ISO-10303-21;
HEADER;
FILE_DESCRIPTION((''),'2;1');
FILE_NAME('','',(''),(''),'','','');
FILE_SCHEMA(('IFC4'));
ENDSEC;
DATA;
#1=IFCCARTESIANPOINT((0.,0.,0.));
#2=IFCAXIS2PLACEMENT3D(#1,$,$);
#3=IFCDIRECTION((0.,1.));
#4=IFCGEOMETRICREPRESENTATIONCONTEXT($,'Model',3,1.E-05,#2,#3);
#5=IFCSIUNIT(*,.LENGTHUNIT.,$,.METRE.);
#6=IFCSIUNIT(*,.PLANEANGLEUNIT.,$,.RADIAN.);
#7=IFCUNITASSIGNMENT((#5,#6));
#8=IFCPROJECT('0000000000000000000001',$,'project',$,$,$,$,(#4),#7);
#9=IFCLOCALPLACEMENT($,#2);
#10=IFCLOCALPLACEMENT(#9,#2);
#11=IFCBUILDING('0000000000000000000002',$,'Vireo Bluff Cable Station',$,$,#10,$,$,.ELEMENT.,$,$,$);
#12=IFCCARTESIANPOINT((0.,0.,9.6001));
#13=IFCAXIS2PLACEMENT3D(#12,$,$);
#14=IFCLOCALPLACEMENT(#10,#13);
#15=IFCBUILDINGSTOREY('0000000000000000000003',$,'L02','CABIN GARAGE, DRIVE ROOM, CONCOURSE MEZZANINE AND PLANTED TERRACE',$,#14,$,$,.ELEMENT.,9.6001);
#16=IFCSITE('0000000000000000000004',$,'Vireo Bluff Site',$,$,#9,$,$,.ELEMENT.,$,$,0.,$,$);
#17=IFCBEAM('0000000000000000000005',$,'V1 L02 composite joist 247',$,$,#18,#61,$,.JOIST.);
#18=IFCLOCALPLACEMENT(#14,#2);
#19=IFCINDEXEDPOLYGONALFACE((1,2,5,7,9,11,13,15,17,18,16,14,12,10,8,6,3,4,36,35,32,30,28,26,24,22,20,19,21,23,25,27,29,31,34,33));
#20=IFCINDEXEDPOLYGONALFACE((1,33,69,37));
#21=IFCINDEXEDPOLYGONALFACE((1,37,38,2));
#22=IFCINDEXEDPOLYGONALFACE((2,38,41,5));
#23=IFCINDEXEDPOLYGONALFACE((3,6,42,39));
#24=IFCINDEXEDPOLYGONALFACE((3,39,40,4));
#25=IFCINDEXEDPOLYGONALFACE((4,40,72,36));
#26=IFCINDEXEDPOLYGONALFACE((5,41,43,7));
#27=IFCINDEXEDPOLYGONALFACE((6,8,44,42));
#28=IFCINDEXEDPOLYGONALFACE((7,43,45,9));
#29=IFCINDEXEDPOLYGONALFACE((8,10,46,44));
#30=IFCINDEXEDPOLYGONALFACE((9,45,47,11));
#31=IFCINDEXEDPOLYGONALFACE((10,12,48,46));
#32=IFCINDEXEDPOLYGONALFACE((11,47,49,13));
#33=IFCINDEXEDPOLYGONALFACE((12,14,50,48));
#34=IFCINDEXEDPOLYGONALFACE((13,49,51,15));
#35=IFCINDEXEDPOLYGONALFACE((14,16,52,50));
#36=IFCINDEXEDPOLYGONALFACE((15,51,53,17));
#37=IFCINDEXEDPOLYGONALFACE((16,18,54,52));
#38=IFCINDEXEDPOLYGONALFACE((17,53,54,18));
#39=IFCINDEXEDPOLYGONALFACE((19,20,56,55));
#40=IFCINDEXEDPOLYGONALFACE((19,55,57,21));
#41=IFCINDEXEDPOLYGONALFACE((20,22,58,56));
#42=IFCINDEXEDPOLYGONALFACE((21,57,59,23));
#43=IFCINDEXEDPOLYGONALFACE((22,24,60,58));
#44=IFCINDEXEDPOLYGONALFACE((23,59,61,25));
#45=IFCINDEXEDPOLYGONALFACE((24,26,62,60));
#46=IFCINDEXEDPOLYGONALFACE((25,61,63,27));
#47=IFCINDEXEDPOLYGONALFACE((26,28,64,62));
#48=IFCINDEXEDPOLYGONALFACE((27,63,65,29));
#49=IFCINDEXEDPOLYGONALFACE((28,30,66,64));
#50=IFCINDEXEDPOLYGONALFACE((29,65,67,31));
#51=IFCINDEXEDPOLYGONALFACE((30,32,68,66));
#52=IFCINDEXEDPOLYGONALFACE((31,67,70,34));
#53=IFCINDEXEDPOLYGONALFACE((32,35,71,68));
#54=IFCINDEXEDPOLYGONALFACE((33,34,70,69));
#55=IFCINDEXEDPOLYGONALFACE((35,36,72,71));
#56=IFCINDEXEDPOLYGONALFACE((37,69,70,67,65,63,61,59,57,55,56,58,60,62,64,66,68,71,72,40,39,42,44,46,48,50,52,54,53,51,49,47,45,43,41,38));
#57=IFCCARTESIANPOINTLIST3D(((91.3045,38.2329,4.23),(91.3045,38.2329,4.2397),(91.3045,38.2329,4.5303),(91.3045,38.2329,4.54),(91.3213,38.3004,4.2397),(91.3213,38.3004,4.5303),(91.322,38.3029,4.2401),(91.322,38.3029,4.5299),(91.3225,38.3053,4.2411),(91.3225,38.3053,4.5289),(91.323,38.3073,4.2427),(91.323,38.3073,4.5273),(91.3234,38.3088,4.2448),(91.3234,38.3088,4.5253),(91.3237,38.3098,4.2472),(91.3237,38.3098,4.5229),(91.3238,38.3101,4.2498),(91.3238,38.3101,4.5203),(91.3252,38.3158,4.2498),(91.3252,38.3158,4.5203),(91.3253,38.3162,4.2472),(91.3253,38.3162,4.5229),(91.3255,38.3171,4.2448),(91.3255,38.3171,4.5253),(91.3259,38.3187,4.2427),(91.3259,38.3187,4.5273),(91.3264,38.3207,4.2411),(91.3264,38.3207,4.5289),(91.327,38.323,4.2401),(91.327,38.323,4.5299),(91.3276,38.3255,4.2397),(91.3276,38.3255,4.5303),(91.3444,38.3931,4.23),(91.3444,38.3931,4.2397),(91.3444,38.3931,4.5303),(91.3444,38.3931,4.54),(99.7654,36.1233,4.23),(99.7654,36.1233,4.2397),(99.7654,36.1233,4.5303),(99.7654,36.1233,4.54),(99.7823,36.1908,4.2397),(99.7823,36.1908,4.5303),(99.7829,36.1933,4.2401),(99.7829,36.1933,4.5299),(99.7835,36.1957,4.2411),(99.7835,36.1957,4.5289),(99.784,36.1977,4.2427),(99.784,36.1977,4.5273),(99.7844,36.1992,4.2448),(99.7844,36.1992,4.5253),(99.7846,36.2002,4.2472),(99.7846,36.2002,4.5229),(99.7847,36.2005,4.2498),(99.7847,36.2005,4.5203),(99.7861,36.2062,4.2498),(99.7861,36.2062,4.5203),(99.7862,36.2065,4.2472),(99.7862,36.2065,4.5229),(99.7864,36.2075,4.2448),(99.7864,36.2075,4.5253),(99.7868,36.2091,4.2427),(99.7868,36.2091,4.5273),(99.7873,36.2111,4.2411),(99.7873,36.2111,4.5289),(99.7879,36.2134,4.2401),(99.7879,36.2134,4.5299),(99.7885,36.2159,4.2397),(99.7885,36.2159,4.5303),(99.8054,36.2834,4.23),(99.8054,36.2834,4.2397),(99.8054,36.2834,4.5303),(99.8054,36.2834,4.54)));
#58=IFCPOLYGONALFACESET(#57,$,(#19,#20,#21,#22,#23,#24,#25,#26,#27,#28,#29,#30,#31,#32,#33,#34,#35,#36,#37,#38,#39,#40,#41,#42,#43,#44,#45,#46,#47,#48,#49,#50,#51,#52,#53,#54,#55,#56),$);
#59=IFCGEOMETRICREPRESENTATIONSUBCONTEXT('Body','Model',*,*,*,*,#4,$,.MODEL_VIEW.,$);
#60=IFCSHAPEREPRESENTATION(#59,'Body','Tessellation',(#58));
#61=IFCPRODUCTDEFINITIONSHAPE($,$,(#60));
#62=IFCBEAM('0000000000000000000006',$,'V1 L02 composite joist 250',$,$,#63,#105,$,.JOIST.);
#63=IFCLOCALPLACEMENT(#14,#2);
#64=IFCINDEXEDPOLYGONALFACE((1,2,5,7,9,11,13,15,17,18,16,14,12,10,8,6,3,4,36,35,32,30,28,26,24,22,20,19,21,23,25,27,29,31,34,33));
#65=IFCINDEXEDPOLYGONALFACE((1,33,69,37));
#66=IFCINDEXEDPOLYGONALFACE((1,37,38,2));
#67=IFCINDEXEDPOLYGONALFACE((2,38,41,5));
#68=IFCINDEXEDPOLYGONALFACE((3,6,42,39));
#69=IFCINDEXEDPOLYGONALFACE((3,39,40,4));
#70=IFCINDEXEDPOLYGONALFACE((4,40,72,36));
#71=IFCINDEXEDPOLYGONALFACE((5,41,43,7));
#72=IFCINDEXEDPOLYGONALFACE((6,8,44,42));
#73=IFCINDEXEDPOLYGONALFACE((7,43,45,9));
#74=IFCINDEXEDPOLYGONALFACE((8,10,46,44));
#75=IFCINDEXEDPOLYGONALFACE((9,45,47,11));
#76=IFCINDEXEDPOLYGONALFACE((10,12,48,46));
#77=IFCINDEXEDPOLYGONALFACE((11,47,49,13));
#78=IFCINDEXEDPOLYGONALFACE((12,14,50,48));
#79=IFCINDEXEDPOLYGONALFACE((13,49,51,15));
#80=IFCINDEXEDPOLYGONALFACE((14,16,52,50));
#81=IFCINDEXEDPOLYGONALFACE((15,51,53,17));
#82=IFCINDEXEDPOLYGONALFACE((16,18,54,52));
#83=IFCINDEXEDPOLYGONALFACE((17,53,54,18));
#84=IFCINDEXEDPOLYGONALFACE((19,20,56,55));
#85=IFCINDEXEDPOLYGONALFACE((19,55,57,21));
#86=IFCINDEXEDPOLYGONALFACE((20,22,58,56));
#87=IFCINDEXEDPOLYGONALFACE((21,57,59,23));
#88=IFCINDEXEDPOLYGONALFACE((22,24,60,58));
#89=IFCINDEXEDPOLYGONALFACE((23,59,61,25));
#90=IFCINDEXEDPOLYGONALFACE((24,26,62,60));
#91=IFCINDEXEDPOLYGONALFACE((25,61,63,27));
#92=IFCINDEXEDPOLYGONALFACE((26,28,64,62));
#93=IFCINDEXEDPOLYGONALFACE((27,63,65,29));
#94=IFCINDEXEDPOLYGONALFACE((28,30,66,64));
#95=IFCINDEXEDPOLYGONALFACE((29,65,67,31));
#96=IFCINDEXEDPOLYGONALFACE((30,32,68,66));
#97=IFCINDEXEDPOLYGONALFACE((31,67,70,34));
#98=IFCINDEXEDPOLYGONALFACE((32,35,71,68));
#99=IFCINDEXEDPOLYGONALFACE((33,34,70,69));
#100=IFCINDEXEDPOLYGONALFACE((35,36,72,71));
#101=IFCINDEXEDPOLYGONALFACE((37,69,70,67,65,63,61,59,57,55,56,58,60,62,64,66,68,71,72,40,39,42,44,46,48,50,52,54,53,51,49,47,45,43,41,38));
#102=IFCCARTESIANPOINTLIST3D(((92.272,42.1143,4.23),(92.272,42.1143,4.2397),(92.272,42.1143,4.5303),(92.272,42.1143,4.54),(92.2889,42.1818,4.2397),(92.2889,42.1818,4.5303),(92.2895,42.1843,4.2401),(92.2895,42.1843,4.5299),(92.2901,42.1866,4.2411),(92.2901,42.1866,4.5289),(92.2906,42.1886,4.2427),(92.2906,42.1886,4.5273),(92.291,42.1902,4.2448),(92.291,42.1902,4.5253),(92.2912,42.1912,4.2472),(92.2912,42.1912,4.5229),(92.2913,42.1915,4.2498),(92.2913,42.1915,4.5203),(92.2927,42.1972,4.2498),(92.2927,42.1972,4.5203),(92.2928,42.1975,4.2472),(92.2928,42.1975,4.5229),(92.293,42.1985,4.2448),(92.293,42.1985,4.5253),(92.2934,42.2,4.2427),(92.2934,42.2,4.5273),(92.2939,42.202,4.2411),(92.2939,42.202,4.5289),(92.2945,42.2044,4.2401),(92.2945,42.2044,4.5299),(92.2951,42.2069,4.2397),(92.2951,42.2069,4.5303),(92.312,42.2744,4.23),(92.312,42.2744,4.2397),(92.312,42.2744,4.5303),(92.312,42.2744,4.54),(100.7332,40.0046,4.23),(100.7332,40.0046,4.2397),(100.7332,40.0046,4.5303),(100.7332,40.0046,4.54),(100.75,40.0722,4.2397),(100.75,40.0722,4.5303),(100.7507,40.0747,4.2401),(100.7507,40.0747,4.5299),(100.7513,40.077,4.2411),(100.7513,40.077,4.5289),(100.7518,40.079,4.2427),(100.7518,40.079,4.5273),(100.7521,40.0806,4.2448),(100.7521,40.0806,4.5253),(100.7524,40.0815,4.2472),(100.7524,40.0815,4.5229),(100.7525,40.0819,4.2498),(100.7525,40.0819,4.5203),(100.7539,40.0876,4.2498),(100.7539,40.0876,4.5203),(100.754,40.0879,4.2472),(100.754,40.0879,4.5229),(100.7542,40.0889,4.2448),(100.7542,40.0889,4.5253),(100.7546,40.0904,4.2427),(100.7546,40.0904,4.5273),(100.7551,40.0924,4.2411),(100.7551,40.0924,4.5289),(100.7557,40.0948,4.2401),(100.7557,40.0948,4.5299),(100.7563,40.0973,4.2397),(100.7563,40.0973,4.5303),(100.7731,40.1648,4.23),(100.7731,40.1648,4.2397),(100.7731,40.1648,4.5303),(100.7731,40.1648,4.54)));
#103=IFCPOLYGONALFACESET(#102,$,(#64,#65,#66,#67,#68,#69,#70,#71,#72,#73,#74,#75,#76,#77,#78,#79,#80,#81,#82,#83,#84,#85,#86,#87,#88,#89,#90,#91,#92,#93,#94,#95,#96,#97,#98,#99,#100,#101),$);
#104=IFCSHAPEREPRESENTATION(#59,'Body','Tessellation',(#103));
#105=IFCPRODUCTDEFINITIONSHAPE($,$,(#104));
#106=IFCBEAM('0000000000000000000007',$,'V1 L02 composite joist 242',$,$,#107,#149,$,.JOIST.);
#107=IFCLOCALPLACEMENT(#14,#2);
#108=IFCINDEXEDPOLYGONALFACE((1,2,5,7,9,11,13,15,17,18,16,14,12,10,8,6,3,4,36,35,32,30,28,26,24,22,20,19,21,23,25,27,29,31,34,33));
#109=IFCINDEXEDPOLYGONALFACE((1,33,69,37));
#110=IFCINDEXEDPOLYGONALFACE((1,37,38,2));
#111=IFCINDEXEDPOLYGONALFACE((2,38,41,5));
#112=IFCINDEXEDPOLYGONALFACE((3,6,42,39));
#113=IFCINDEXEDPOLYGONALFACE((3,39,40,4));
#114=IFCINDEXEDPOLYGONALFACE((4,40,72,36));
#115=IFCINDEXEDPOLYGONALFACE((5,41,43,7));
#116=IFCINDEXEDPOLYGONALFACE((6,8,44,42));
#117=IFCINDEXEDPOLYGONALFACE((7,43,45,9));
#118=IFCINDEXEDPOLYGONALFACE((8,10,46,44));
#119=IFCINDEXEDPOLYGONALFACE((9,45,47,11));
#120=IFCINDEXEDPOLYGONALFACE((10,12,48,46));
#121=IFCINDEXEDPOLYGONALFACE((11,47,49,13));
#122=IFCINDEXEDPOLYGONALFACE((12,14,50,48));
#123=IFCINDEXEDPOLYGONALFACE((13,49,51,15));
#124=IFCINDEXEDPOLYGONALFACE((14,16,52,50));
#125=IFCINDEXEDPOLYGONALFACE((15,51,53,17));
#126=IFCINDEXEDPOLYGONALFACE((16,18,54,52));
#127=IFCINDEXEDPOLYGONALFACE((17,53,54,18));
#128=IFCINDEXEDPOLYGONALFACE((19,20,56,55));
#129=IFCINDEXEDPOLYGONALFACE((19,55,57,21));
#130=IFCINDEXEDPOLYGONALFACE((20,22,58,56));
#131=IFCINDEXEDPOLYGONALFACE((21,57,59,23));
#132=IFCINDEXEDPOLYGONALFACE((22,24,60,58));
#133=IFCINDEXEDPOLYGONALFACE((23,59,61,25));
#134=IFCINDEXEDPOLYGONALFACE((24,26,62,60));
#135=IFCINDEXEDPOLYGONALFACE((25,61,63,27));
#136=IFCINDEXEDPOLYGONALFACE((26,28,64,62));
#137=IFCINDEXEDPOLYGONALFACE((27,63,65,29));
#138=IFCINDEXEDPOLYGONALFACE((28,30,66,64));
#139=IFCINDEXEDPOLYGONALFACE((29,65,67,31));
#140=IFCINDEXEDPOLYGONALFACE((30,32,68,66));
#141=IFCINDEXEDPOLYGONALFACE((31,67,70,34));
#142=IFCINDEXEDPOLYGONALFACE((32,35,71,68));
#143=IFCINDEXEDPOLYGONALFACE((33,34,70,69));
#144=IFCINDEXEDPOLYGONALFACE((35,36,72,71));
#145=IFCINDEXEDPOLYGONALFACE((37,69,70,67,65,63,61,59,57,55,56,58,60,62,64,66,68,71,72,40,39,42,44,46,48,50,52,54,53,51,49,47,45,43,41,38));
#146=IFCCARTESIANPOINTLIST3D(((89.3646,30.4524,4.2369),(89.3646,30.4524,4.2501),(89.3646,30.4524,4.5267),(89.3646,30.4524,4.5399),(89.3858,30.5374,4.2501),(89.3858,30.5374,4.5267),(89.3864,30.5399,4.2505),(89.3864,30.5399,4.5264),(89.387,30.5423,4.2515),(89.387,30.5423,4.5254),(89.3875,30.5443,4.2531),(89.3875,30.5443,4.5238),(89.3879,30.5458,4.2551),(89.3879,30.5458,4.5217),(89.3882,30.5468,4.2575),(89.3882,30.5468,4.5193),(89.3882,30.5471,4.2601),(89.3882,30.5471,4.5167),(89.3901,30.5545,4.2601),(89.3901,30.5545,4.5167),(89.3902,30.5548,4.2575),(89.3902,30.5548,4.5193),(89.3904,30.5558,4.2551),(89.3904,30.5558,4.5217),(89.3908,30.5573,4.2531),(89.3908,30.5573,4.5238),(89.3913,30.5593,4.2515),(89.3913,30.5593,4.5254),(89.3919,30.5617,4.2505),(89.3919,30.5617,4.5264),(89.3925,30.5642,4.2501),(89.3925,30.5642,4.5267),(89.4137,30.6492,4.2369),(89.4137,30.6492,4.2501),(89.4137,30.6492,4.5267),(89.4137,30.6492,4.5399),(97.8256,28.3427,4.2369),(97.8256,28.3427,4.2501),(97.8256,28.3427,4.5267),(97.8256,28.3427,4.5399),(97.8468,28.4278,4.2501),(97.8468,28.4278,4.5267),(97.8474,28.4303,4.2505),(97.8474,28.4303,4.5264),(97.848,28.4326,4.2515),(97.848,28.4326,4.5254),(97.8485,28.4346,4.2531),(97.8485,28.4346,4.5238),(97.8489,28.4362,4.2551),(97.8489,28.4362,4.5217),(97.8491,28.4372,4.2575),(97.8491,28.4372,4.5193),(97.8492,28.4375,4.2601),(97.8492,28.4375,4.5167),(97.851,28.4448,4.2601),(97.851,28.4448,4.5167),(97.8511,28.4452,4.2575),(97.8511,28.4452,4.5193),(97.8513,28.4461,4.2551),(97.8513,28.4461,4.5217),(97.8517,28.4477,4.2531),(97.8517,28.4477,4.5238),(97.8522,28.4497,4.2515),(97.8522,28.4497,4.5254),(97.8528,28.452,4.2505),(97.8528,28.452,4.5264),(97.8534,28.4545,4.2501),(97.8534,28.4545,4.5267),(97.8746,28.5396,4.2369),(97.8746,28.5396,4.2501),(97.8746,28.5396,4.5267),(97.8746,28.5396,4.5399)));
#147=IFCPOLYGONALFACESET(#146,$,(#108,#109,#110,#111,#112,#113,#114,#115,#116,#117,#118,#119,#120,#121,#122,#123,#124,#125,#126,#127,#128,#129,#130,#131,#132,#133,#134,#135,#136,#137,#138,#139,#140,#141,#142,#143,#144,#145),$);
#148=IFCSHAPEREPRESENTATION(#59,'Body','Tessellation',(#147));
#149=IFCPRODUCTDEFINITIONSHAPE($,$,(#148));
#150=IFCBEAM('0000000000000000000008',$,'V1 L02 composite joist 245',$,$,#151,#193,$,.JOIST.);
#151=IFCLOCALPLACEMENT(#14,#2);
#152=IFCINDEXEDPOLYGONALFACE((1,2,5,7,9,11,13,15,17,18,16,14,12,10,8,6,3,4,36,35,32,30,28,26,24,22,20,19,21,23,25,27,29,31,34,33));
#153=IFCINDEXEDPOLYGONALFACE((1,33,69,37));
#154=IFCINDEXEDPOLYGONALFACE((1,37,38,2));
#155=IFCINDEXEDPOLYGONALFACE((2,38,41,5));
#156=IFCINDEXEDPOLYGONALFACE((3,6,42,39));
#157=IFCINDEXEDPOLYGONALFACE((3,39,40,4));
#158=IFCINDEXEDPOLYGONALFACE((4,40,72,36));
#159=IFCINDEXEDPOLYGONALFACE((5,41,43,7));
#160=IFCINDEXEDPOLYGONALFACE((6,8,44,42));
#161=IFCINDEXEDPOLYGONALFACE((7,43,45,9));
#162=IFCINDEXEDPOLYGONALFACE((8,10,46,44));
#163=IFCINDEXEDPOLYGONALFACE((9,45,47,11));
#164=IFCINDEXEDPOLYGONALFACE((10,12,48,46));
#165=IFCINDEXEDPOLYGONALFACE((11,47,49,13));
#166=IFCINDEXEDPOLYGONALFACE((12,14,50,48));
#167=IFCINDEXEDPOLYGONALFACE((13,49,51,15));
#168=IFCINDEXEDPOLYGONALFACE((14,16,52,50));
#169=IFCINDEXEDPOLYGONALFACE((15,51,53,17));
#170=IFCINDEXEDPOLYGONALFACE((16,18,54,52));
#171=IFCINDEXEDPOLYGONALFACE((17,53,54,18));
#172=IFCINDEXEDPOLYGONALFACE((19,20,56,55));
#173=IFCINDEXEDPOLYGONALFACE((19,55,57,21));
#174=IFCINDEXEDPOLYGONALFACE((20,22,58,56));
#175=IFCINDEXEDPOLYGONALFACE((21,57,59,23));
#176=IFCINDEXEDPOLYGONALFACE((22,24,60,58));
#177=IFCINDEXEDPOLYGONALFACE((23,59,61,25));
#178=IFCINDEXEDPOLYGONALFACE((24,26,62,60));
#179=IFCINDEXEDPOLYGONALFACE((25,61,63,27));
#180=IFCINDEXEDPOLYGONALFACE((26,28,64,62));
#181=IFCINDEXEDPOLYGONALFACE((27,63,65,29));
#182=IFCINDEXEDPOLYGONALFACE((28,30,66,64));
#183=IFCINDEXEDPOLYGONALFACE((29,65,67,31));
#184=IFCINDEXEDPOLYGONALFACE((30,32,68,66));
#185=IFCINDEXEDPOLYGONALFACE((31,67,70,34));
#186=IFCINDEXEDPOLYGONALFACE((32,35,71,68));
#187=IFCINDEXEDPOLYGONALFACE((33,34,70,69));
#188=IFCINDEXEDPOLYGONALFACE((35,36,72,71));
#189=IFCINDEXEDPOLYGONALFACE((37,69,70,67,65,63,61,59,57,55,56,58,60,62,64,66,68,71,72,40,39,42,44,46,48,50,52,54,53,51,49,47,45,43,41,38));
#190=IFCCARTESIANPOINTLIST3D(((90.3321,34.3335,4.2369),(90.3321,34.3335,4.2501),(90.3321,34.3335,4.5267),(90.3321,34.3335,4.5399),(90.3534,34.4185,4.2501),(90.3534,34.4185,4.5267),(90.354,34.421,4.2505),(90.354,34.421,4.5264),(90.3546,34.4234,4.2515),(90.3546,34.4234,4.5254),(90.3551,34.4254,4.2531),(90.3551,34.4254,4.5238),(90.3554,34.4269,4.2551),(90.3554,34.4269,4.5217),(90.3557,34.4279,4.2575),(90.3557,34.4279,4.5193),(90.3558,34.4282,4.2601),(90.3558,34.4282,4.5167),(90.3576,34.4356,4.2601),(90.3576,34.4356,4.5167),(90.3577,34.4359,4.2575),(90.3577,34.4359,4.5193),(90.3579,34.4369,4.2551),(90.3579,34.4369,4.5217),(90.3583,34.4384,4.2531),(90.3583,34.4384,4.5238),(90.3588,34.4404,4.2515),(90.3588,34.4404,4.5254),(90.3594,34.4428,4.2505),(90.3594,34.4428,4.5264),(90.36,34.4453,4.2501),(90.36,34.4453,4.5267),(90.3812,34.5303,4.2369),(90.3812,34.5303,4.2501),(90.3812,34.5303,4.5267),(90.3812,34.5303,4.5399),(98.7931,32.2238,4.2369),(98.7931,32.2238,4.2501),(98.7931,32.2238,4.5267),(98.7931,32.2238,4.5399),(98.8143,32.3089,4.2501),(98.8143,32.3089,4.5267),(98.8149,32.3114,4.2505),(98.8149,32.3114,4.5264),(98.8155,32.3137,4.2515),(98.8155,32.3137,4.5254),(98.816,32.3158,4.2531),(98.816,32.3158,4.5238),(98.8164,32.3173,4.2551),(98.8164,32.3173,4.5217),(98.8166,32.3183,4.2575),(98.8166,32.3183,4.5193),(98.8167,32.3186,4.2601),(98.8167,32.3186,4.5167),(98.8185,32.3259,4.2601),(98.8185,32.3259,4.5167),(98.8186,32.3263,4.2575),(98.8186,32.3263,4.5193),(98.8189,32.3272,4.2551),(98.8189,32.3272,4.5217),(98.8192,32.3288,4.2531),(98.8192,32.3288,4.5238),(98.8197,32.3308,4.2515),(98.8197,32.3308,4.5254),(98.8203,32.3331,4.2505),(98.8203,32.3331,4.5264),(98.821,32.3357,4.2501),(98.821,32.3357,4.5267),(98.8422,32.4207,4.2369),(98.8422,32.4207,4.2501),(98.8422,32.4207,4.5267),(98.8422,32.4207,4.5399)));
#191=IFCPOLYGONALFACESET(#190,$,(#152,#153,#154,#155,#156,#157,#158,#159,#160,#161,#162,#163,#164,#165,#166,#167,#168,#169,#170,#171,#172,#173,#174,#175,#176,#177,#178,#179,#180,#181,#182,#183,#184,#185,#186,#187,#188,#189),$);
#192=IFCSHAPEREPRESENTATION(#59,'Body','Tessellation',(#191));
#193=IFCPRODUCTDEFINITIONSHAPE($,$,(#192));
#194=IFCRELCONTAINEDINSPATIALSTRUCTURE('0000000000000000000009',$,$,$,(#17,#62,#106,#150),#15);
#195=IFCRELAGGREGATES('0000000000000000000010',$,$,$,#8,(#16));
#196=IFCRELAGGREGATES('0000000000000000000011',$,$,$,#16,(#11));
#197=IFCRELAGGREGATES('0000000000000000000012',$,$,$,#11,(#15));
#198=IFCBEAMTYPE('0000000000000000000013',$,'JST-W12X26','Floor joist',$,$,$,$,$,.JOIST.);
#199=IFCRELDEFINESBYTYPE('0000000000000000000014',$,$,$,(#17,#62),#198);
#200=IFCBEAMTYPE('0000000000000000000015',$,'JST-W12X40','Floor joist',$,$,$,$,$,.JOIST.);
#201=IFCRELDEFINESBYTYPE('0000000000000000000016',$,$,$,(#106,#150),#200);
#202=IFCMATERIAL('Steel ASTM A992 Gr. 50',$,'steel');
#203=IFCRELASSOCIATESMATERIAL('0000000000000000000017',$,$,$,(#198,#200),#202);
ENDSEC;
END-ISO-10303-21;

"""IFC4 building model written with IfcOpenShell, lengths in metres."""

from ifc_helpers import new_model, si_unit, direction, frame, origin, origin_2d, place, context, subcontext, project, spatial, i_section, extrude, material, material_profile, profile_set, type_object, element, save


model = new_model("IFC4")

# Units and contexts
model_context = context("Model", 3, precision=1e-05, world=origin(), true_north=direction((0.0, 1.0)))
body_context = subcontext(model_context, "Body", "Model", "MODEL_VIEW")
ifc_project = project(units=[si_unit("LENGTHUNIT", "METRE"), si_unit("PLANEANGLEUNIT", "RADIAN")], contexts=[model_context])

# Site, building, storey
site_placement = place(None, origin())
site = spatial("IfcSite", under=ifc_project, at=site_placement, Name="Vireo Bluff Site", CompositionType="ELEMENT", RefElevation=0.0)
building_placement = place(site_placement, origin())
building = spatial("IfcBuilding", under=site, at=building_placement, Name="Vireo Bluff Cable Station", CompositionType="ELEMENT")
storey_placement = place(building_placement, frame((0.0, 0.0, 9.6001)))
storey = spatial("IfcBuildingStorey", under=building, at=storey_placement, Name="L02", Description="CABIN GARAGE, DRIVE ROOM, CONCOURSE MEZZANINE AND PLANTED TERRACE", CompositionType="ELEMENT", Elevation=9.6001)

# Shared definitions
ifc_material_1 = material(Name="Steel ASTM A992 Gr. 50", Category="steel")

# Beams
ifc_material_profile_1 = material_profile(ifc_material_1, i_section(OverallWidth=0.165, OverallDepth=0.3101, WebThickness=0.0059, FlangeThickness=0.0098, FilletRadius=0.01, at=origin_2d()), Name="W12X26")
ifc_profile_set_1 = profile_set([ifc_material_profile_1], Name="Steel ASTM A992 Gr. 50")
beam_type_1 = type_object("IfcBeamType", Name="JST-W12X26", Description="Floor joist", PredefinedType="JOIST", material=ifc_profile_set_1)
beam_1_placement = place(storey_placement, frame((91.3245, 38.313, 4.385), z_axis=(0.970294, -0.24193, 0.0), x_axis=(0.24193, 0.970294, 0.0)))
element("IfcBeam", 1, at=beam_1_placement, inside=storey, type_object=beam_type_1, Name="V1 L02 composite joist 247", PredefinedType="JOIST", context=body_context, shape_type="SweptSolid", body=[
    extrude(i_section(OverallWidth=0.165, OverallDepth=0.3101, WebThickness=0.0059, FlangeThickness=0.0098, FilletRadius=0.01, at=origin_2d()), origin(), (0.0, 0.0, 1.0), 8.72),
])
beam_2_placement = place(storey_placement, frame((92.292, 42.1943, 4.385), z_axis=(0.970295, -0.241923, 0.0), x_axis=(0.241923, 0.970295, 0.0)))
element("IfcBeam", 2, at=beam_2_placement, inside=storey, type_object=beam_type_1, Name="V1 L02 composite joist 250", PredefinedType="JOIST", context=body_context, shape_type="SweptSolid", body=[
    extrude(i_section(OverallWidth=0.165, OverallDepth=0.3101, WebThickness=0.0059, FlangeThickness=0.0098, FilletRadius=0.01, at=origin_2d()), origin(), (0.0, 0.0, 1.0), 8.7202),
])
ifc_material_profile_2 = material_profile(ifc_material_1, i_section(OverallWidth=0.2029, OverallDepth=0.303, WebThickness=0.0076, FlangeThickness=0.0132, FilletRadius=0.01, at=origin_2d()), Name="W12X40")
ifc_profile_set_2 = profile_set([ifc_material_profile_2], Name="Steel ASTM A992 Gr. 50")
beam_type_2 = type_object("IfcBeamType", Name="JST-W12X40", Description="Floor joist", PredefinedType="JOIST", material=ifc_profile_set_2)
for number, where, z_axis, x_axis, name in (
    (3, (89.3892, 30.5508, 4.3884), (0.970294, -0.24193, 0.0), (0.24193, 0.970294, 0.0), "V1 L02 composite joist 242"),
    (4, (90.3567, 34.4319, 4.3884), (0.970294, -0.24193, 0.0), (0.24193, 0.970294, 0.0), "V1 L02 composite joist 245"),
):
    element("IfcBeam", number, at=place(storey_placement, frame(where, z_axis=z_axis, x_axis=x_axis)), inside=storey, type_object=beam_type_2, Name=name, PredefinedType="JOIST", context=body_context, shape_type="SweptSolid", body=[
        extrude(i_section(OverallWidth=0.2029, OverallDepth=0.303, WebThickness=0.0076, FlangeThickness=0.0132, FilletRadius=0.01, at=origin_2d()), origin(), (0.0, 0.0, 1.0), 8.72),
    ])

save(model, "model.ifc")
